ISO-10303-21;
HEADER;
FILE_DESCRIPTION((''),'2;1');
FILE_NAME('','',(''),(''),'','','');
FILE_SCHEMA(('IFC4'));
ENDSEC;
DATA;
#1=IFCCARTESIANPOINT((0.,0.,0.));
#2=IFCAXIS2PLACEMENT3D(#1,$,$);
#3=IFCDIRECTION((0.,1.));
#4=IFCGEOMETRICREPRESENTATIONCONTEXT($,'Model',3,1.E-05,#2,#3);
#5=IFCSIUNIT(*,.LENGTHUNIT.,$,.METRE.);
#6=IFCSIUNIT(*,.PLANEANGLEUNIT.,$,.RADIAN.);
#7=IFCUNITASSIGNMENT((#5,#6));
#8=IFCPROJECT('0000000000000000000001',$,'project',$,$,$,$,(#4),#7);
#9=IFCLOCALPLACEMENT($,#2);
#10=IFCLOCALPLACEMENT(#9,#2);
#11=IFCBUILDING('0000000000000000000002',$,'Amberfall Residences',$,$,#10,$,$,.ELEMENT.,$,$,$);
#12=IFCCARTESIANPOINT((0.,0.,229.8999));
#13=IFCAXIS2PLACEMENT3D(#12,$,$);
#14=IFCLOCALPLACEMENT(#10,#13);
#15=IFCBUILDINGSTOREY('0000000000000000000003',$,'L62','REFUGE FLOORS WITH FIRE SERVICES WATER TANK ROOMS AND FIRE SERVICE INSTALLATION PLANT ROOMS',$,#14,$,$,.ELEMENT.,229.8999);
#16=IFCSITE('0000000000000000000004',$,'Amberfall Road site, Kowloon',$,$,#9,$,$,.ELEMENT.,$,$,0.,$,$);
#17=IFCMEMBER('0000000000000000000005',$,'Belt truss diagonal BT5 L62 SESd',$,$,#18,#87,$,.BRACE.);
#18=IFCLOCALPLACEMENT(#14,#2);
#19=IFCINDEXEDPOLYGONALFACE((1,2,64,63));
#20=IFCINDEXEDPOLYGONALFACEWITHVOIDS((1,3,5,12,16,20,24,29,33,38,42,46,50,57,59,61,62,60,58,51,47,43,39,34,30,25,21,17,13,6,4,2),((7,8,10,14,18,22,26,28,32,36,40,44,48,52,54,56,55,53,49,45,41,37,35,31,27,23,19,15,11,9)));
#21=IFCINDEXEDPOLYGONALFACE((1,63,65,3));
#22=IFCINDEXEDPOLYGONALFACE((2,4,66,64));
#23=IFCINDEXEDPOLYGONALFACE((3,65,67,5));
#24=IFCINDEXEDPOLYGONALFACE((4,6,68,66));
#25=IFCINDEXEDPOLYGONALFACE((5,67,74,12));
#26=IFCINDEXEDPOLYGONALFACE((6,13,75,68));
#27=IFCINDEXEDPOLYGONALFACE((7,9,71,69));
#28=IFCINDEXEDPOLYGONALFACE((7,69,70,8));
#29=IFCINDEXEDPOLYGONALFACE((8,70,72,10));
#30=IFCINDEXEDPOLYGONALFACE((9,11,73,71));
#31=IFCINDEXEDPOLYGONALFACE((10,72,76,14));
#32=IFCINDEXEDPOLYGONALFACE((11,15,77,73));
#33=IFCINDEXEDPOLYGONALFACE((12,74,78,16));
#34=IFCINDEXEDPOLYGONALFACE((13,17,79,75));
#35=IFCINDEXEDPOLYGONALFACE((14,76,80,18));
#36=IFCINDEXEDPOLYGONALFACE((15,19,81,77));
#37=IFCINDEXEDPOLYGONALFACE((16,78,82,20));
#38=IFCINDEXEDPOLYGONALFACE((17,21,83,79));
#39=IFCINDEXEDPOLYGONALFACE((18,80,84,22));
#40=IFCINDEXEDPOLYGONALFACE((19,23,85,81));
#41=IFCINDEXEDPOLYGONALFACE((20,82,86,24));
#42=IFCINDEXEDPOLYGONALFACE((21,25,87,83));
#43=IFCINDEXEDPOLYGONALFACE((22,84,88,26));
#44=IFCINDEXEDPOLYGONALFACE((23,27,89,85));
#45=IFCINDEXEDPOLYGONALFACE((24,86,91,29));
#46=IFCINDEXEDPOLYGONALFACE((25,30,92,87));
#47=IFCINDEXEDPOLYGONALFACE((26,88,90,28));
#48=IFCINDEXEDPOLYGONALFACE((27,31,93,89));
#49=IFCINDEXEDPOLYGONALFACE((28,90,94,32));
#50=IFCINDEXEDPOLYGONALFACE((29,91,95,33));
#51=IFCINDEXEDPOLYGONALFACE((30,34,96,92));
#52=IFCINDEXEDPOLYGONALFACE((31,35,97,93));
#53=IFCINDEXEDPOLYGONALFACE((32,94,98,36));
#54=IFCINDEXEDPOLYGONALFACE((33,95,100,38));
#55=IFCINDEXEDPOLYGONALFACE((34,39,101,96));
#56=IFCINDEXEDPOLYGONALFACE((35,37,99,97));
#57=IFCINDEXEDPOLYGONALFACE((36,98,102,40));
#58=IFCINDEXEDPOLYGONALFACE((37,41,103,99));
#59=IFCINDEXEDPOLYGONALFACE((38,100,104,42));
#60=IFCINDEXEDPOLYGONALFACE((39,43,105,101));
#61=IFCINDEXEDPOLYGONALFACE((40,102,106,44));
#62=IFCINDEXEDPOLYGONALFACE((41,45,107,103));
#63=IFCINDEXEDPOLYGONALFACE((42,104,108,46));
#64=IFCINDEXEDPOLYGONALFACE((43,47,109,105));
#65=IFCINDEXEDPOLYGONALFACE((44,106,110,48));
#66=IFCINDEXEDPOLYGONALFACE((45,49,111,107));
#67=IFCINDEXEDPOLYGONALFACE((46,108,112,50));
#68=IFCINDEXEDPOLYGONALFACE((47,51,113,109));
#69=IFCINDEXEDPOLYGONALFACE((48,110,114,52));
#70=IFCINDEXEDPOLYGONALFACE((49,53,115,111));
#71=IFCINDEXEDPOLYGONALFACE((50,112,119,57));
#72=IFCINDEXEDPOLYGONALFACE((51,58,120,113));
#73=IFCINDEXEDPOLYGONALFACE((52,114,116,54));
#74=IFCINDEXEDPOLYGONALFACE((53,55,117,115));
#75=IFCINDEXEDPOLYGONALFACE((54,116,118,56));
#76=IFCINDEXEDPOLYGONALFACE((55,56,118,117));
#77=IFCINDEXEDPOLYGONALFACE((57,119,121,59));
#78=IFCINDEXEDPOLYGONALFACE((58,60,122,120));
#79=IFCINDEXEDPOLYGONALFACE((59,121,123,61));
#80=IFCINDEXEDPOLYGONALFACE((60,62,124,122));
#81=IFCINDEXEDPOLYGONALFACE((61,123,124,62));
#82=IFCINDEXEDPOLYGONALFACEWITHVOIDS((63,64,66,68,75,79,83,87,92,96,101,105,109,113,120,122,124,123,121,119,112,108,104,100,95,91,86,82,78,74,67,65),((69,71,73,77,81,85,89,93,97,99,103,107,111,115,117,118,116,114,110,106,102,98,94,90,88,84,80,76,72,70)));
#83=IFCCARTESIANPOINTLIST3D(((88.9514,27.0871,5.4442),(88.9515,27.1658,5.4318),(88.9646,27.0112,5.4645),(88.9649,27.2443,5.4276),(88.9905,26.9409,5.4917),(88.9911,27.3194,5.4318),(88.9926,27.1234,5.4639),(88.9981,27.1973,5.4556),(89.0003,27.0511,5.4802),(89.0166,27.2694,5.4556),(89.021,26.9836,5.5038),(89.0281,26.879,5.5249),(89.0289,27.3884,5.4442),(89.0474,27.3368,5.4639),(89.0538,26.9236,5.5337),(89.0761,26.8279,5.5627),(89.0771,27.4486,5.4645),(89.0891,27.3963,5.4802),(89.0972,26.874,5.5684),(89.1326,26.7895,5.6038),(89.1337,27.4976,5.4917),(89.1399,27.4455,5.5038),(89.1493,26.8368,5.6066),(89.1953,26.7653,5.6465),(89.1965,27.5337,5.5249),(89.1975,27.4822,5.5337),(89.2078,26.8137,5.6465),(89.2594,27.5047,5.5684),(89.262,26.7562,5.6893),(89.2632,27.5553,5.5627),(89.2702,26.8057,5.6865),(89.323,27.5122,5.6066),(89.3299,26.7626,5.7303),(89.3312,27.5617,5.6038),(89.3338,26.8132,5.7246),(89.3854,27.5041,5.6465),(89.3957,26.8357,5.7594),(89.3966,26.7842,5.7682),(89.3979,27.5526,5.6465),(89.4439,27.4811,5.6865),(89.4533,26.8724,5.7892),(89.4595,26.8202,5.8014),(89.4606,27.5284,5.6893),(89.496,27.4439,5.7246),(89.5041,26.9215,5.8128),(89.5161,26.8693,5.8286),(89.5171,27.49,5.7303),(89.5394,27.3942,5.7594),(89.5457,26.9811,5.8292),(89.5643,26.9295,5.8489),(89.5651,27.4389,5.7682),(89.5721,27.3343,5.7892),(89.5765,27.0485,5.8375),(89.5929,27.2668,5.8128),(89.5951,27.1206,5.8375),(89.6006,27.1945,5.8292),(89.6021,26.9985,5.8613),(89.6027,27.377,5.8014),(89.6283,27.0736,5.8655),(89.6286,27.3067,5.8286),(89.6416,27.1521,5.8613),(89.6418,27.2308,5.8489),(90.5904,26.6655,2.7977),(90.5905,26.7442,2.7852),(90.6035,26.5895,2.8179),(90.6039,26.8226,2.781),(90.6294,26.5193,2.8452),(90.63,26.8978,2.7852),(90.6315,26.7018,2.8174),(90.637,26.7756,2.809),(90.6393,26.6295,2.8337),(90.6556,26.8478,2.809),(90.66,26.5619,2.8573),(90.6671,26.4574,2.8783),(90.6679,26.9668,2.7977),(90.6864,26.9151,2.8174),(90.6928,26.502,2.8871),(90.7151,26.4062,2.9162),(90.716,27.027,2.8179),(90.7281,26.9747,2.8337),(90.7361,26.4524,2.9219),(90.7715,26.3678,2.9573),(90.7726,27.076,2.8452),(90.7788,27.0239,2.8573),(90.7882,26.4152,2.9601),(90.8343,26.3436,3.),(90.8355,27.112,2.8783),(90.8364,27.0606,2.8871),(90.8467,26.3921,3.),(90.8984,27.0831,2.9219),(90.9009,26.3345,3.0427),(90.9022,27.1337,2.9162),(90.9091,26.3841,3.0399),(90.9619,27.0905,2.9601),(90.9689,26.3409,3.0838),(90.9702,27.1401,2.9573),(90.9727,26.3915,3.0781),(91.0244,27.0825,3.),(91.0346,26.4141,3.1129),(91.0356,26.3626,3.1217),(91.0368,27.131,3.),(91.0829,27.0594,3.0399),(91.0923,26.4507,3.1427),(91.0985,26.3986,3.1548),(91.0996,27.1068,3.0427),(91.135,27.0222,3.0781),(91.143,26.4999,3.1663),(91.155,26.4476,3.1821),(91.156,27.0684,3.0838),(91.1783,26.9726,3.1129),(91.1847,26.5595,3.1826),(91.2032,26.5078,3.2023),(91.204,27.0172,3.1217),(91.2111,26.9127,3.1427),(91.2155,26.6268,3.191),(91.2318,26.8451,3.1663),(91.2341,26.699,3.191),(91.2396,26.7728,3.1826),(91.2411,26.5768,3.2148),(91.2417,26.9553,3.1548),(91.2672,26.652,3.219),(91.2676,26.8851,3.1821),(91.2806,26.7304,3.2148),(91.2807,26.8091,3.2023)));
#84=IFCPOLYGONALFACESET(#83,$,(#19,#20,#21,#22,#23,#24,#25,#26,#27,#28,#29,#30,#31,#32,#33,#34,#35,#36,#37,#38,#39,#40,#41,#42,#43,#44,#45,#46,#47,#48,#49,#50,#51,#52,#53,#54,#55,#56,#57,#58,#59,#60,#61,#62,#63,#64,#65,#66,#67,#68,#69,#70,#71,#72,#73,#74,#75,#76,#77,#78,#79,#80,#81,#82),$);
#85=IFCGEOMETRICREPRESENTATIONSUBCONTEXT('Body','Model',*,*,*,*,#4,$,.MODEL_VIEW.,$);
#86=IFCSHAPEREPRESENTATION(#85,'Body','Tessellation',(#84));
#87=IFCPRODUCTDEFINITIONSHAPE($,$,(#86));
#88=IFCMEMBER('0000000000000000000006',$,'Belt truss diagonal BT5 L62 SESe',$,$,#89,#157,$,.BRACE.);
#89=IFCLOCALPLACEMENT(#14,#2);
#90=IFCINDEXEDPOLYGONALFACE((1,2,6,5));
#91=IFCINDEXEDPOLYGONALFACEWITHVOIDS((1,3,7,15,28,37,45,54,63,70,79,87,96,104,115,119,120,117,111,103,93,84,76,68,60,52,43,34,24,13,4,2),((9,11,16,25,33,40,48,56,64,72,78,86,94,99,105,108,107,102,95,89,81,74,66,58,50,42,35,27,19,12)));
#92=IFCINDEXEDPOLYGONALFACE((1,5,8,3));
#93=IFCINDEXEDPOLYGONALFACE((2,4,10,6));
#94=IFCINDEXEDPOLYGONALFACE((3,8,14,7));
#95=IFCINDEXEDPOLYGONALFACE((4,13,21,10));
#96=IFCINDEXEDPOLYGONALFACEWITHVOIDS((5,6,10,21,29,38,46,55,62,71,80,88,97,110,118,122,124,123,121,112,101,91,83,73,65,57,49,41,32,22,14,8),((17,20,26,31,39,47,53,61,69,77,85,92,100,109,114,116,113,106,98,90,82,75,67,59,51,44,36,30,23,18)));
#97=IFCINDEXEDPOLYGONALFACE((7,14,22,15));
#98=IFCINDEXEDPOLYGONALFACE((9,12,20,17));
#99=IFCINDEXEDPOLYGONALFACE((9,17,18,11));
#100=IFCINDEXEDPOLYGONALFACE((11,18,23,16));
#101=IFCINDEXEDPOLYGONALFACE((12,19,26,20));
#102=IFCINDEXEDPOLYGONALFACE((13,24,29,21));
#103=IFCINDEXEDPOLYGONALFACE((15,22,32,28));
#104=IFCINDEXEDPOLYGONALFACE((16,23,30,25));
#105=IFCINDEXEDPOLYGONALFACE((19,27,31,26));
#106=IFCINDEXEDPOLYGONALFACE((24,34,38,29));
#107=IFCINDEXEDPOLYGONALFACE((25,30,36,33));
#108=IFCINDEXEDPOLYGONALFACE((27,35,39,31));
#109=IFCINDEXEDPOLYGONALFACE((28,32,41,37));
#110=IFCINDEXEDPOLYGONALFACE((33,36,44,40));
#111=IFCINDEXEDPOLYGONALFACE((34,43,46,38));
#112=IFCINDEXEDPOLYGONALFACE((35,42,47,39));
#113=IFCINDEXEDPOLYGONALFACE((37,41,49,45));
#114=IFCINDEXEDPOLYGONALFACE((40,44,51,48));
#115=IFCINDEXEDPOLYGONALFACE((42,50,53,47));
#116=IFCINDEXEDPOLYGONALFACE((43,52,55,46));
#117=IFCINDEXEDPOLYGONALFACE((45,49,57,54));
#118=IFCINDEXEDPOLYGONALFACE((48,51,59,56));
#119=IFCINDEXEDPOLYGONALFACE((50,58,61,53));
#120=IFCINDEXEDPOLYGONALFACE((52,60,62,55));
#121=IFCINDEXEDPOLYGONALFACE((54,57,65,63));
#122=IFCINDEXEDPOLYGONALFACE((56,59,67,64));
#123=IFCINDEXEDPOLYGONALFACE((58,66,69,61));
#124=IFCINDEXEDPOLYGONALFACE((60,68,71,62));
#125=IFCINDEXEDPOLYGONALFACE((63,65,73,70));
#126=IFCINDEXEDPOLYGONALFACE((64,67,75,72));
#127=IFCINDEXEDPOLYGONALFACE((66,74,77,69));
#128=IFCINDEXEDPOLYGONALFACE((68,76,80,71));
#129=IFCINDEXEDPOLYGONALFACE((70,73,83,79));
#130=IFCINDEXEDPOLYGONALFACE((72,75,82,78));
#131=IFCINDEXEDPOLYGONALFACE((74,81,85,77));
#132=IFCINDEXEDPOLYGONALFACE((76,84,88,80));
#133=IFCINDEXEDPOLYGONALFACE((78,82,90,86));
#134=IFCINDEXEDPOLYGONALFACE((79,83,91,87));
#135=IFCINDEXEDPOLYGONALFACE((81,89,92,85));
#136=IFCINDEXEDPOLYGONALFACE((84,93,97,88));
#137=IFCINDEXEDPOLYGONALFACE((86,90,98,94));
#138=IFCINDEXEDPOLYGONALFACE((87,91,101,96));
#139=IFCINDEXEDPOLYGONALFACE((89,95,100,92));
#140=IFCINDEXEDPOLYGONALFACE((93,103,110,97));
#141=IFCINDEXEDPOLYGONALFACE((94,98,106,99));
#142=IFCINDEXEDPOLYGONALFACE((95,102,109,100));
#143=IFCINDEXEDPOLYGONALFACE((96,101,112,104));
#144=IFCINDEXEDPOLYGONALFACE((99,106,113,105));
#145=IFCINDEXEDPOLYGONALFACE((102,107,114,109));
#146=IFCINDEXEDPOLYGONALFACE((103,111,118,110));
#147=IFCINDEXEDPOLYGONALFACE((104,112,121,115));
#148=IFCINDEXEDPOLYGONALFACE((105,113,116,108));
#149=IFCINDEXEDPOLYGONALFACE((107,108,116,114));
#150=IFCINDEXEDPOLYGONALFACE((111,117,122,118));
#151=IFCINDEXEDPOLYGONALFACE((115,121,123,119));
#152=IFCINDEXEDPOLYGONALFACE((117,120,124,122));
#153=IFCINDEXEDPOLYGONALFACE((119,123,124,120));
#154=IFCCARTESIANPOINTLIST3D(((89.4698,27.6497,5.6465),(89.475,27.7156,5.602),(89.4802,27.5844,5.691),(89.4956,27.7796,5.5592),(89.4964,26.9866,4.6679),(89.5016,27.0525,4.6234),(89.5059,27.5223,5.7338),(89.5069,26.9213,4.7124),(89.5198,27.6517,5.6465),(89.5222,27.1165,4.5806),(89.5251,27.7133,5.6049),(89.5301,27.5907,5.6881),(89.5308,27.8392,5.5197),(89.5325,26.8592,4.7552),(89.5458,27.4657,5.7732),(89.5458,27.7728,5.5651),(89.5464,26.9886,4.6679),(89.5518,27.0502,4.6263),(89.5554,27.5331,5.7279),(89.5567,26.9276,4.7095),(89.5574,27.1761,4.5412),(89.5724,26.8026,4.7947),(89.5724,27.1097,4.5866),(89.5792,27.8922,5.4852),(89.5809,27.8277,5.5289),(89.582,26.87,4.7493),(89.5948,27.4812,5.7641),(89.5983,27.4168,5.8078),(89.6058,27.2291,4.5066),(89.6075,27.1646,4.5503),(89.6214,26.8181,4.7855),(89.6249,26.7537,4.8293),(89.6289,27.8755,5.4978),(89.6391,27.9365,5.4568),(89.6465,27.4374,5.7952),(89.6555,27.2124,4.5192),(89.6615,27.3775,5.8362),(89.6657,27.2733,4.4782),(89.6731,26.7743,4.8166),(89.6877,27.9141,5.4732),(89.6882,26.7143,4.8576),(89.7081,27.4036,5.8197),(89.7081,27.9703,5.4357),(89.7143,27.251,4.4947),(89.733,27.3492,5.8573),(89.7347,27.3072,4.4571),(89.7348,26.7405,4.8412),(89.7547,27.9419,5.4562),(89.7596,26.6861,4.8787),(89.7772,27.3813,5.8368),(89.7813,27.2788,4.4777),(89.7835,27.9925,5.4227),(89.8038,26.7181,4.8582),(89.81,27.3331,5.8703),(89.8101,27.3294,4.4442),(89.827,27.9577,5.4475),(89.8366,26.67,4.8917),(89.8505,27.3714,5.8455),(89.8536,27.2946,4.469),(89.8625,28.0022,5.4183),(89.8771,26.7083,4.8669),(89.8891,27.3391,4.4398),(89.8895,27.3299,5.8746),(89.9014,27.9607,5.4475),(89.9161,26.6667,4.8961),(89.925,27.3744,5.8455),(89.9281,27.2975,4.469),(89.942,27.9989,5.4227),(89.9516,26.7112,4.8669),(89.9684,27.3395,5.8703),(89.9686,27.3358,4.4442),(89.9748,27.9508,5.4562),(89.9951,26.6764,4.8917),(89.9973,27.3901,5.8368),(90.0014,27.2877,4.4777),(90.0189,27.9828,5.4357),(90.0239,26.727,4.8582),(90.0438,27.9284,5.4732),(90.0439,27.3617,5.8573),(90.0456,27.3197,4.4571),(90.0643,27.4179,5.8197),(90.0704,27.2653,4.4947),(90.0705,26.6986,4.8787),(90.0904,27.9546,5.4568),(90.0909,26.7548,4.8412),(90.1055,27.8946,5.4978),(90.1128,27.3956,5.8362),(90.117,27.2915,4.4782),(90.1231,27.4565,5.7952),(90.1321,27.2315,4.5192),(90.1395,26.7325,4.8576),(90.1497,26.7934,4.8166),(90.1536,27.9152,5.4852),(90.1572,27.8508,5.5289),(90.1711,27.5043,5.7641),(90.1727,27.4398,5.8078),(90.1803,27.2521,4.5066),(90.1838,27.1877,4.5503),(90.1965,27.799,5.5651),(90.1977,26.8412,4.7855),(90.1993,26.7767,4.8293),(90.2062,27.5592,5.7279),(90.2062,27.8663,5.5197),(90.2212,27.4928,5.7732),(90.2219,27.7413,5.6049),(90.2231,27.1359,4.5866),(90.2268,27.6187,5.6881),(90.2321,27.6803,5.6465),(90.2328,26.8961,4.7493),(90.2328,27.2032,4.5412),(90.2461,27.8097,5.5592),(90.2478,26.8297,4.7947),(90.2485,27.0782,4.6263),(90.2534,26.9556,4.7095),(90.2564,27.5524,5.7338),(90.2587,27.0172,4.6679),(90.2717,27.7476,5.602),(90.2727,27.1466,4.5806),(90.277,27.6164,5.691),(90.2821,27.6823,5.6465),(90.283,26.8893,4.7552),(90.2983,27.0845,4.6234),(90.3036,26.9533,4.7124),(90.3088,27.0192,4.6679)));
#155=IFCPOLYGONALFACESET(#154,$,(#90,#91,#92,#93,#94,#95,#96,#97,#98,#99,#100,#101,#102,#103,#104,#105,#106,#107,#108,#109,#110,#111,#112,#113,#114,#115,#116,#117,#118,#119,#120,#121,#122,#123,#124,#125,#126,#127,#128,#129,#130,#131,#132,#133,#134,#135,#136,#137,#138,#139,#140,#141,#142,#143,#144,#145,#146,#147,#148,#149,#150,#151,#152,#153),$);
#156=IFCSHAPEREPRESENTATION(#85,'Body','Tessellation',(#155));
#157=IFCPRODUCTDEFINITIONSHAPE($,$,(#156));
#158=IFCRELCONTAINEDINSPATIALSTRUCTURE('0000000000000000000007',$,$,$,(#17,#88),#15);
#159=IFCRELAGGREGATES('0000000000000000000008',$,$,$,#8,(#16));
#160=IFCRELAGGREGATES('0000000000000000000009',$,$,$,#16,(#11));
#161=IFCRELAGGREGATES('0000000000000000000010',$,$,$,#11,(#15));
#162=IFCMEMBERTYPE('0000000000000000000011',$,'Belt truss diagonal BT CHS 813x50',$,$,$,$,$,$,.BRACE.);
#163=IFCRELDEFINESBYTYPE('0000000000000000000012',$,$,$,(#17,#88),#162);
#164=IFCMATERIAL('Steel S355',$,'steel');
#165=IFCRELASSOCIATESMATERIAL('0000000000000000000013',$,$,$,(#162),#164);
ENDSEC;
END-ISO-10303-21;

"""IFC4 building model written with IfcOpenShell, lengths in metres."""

from ifc_helpers import new_model, si_unit, direction, frame, origin, origin_2d, place, context, subcontext, project, spatial, hollow_circle, extrude, material, material_profile, profile_set, type_object, element, save


model = new_model("IFC4")

# Units and contexts
model_context = context("Model", 3, precision=1e-05, world=origin(), true_north=direction((0.0, 1.0)))
body_context = subcontext(model_context, "Body", "Model", "MODEL_VIEW")
ifc_project = project(units=[si_unit("LENGTHUNIT", "METRE"), si_unit("PLANEANGLEUNIT", "RADIAN")], contexts=[model_context])

# Site, building, storey
site_placement = place(None, origin())
site = spatial("IfcSite", under=ifc_project, at=site_placement, Name="Amberfall Road site, Kowloon", CompositionType="ELEMENT", RefElevation=0.0)
building_placement = place(site_placement, origin())
building = spatial("IfcBuilding", under=site, at=building_placement, Name="Amberfall Residences", CompositionType="ELEMENT")
storey_placement = place(building_placement, frame((0.0, 0.0, 229.8999)))
storey = spatial("IfcBuildingStorey", under=building, at=storey_placement, Name="L62", Description="REFUGE FLOORS WITH FIRE SERVICES WATER TANK ROOMS AND FIRE SERVICE INSTALLATION PLANT ROOMS", CompositionType="ELEMENT", Elevation=229.8999)

# Shared definitions
ifc_material = material(Name="Steel S355", Category="steel")

# Members
ifc_material_profile_1 = material_profile(ifc_material, hollow_circle(Radius=0.4065, WallThickness=0.05, at=origin_2d()), Name="CHS 813x50")
ifc_profile_set_1 = profile_set([ifc_material_profile_1], Name="Steel S355")
member_type_1 = type_object("IfcMemberType", Name="Belt truss diagonal BT CHS 813x50", PredefinedType="BRACE", material=ifc_profile_set_1)
member_1_placement = place(storey_placement, frame((90.9355, 26.7373, 3.0), z_axis=(-0.521734, 0.134222, 0.842484), x_axis=(-0.249149, -0.968465, 0.0)))
element("IfcMember", 1, at=member_1_placement, inside=storey, type_object=member_type_1, Name="Belt truss diagonal BT5 L62 SESd", PredefinedType="BRACE", context=body_context, shape_type="SweptSolid", body=[
    extrude(hollow_circle(Radius=0.4065, WallThickness=0.05, at=origin_2d()), origin(), (0.0, 0.0, 1.0), 3.1414),
])
member_2_placement = place(storey_placement, frame((89.876, 27.666, 5.6465), z_axis=(0.022508, -0.560834, -0.827622), x_axis=(0.999196, 0.0401, 0.0)))
element("IfcMember", 2, at=member_2_placement, inside=storey, type_object=member_type_1, Name="Belt truss diagonal BT5 L62 SESe", PredefinedType="BRACE", context=body_context, shape_type="SweptSolid", body=[
    extrude(hollow_circle(Radius=0.4065, WallThickness=0.05, at=origin_2d()), origin(), (0.0, 0.0, 1.0), 1.1824),
])

save(model, "model.ifc")
